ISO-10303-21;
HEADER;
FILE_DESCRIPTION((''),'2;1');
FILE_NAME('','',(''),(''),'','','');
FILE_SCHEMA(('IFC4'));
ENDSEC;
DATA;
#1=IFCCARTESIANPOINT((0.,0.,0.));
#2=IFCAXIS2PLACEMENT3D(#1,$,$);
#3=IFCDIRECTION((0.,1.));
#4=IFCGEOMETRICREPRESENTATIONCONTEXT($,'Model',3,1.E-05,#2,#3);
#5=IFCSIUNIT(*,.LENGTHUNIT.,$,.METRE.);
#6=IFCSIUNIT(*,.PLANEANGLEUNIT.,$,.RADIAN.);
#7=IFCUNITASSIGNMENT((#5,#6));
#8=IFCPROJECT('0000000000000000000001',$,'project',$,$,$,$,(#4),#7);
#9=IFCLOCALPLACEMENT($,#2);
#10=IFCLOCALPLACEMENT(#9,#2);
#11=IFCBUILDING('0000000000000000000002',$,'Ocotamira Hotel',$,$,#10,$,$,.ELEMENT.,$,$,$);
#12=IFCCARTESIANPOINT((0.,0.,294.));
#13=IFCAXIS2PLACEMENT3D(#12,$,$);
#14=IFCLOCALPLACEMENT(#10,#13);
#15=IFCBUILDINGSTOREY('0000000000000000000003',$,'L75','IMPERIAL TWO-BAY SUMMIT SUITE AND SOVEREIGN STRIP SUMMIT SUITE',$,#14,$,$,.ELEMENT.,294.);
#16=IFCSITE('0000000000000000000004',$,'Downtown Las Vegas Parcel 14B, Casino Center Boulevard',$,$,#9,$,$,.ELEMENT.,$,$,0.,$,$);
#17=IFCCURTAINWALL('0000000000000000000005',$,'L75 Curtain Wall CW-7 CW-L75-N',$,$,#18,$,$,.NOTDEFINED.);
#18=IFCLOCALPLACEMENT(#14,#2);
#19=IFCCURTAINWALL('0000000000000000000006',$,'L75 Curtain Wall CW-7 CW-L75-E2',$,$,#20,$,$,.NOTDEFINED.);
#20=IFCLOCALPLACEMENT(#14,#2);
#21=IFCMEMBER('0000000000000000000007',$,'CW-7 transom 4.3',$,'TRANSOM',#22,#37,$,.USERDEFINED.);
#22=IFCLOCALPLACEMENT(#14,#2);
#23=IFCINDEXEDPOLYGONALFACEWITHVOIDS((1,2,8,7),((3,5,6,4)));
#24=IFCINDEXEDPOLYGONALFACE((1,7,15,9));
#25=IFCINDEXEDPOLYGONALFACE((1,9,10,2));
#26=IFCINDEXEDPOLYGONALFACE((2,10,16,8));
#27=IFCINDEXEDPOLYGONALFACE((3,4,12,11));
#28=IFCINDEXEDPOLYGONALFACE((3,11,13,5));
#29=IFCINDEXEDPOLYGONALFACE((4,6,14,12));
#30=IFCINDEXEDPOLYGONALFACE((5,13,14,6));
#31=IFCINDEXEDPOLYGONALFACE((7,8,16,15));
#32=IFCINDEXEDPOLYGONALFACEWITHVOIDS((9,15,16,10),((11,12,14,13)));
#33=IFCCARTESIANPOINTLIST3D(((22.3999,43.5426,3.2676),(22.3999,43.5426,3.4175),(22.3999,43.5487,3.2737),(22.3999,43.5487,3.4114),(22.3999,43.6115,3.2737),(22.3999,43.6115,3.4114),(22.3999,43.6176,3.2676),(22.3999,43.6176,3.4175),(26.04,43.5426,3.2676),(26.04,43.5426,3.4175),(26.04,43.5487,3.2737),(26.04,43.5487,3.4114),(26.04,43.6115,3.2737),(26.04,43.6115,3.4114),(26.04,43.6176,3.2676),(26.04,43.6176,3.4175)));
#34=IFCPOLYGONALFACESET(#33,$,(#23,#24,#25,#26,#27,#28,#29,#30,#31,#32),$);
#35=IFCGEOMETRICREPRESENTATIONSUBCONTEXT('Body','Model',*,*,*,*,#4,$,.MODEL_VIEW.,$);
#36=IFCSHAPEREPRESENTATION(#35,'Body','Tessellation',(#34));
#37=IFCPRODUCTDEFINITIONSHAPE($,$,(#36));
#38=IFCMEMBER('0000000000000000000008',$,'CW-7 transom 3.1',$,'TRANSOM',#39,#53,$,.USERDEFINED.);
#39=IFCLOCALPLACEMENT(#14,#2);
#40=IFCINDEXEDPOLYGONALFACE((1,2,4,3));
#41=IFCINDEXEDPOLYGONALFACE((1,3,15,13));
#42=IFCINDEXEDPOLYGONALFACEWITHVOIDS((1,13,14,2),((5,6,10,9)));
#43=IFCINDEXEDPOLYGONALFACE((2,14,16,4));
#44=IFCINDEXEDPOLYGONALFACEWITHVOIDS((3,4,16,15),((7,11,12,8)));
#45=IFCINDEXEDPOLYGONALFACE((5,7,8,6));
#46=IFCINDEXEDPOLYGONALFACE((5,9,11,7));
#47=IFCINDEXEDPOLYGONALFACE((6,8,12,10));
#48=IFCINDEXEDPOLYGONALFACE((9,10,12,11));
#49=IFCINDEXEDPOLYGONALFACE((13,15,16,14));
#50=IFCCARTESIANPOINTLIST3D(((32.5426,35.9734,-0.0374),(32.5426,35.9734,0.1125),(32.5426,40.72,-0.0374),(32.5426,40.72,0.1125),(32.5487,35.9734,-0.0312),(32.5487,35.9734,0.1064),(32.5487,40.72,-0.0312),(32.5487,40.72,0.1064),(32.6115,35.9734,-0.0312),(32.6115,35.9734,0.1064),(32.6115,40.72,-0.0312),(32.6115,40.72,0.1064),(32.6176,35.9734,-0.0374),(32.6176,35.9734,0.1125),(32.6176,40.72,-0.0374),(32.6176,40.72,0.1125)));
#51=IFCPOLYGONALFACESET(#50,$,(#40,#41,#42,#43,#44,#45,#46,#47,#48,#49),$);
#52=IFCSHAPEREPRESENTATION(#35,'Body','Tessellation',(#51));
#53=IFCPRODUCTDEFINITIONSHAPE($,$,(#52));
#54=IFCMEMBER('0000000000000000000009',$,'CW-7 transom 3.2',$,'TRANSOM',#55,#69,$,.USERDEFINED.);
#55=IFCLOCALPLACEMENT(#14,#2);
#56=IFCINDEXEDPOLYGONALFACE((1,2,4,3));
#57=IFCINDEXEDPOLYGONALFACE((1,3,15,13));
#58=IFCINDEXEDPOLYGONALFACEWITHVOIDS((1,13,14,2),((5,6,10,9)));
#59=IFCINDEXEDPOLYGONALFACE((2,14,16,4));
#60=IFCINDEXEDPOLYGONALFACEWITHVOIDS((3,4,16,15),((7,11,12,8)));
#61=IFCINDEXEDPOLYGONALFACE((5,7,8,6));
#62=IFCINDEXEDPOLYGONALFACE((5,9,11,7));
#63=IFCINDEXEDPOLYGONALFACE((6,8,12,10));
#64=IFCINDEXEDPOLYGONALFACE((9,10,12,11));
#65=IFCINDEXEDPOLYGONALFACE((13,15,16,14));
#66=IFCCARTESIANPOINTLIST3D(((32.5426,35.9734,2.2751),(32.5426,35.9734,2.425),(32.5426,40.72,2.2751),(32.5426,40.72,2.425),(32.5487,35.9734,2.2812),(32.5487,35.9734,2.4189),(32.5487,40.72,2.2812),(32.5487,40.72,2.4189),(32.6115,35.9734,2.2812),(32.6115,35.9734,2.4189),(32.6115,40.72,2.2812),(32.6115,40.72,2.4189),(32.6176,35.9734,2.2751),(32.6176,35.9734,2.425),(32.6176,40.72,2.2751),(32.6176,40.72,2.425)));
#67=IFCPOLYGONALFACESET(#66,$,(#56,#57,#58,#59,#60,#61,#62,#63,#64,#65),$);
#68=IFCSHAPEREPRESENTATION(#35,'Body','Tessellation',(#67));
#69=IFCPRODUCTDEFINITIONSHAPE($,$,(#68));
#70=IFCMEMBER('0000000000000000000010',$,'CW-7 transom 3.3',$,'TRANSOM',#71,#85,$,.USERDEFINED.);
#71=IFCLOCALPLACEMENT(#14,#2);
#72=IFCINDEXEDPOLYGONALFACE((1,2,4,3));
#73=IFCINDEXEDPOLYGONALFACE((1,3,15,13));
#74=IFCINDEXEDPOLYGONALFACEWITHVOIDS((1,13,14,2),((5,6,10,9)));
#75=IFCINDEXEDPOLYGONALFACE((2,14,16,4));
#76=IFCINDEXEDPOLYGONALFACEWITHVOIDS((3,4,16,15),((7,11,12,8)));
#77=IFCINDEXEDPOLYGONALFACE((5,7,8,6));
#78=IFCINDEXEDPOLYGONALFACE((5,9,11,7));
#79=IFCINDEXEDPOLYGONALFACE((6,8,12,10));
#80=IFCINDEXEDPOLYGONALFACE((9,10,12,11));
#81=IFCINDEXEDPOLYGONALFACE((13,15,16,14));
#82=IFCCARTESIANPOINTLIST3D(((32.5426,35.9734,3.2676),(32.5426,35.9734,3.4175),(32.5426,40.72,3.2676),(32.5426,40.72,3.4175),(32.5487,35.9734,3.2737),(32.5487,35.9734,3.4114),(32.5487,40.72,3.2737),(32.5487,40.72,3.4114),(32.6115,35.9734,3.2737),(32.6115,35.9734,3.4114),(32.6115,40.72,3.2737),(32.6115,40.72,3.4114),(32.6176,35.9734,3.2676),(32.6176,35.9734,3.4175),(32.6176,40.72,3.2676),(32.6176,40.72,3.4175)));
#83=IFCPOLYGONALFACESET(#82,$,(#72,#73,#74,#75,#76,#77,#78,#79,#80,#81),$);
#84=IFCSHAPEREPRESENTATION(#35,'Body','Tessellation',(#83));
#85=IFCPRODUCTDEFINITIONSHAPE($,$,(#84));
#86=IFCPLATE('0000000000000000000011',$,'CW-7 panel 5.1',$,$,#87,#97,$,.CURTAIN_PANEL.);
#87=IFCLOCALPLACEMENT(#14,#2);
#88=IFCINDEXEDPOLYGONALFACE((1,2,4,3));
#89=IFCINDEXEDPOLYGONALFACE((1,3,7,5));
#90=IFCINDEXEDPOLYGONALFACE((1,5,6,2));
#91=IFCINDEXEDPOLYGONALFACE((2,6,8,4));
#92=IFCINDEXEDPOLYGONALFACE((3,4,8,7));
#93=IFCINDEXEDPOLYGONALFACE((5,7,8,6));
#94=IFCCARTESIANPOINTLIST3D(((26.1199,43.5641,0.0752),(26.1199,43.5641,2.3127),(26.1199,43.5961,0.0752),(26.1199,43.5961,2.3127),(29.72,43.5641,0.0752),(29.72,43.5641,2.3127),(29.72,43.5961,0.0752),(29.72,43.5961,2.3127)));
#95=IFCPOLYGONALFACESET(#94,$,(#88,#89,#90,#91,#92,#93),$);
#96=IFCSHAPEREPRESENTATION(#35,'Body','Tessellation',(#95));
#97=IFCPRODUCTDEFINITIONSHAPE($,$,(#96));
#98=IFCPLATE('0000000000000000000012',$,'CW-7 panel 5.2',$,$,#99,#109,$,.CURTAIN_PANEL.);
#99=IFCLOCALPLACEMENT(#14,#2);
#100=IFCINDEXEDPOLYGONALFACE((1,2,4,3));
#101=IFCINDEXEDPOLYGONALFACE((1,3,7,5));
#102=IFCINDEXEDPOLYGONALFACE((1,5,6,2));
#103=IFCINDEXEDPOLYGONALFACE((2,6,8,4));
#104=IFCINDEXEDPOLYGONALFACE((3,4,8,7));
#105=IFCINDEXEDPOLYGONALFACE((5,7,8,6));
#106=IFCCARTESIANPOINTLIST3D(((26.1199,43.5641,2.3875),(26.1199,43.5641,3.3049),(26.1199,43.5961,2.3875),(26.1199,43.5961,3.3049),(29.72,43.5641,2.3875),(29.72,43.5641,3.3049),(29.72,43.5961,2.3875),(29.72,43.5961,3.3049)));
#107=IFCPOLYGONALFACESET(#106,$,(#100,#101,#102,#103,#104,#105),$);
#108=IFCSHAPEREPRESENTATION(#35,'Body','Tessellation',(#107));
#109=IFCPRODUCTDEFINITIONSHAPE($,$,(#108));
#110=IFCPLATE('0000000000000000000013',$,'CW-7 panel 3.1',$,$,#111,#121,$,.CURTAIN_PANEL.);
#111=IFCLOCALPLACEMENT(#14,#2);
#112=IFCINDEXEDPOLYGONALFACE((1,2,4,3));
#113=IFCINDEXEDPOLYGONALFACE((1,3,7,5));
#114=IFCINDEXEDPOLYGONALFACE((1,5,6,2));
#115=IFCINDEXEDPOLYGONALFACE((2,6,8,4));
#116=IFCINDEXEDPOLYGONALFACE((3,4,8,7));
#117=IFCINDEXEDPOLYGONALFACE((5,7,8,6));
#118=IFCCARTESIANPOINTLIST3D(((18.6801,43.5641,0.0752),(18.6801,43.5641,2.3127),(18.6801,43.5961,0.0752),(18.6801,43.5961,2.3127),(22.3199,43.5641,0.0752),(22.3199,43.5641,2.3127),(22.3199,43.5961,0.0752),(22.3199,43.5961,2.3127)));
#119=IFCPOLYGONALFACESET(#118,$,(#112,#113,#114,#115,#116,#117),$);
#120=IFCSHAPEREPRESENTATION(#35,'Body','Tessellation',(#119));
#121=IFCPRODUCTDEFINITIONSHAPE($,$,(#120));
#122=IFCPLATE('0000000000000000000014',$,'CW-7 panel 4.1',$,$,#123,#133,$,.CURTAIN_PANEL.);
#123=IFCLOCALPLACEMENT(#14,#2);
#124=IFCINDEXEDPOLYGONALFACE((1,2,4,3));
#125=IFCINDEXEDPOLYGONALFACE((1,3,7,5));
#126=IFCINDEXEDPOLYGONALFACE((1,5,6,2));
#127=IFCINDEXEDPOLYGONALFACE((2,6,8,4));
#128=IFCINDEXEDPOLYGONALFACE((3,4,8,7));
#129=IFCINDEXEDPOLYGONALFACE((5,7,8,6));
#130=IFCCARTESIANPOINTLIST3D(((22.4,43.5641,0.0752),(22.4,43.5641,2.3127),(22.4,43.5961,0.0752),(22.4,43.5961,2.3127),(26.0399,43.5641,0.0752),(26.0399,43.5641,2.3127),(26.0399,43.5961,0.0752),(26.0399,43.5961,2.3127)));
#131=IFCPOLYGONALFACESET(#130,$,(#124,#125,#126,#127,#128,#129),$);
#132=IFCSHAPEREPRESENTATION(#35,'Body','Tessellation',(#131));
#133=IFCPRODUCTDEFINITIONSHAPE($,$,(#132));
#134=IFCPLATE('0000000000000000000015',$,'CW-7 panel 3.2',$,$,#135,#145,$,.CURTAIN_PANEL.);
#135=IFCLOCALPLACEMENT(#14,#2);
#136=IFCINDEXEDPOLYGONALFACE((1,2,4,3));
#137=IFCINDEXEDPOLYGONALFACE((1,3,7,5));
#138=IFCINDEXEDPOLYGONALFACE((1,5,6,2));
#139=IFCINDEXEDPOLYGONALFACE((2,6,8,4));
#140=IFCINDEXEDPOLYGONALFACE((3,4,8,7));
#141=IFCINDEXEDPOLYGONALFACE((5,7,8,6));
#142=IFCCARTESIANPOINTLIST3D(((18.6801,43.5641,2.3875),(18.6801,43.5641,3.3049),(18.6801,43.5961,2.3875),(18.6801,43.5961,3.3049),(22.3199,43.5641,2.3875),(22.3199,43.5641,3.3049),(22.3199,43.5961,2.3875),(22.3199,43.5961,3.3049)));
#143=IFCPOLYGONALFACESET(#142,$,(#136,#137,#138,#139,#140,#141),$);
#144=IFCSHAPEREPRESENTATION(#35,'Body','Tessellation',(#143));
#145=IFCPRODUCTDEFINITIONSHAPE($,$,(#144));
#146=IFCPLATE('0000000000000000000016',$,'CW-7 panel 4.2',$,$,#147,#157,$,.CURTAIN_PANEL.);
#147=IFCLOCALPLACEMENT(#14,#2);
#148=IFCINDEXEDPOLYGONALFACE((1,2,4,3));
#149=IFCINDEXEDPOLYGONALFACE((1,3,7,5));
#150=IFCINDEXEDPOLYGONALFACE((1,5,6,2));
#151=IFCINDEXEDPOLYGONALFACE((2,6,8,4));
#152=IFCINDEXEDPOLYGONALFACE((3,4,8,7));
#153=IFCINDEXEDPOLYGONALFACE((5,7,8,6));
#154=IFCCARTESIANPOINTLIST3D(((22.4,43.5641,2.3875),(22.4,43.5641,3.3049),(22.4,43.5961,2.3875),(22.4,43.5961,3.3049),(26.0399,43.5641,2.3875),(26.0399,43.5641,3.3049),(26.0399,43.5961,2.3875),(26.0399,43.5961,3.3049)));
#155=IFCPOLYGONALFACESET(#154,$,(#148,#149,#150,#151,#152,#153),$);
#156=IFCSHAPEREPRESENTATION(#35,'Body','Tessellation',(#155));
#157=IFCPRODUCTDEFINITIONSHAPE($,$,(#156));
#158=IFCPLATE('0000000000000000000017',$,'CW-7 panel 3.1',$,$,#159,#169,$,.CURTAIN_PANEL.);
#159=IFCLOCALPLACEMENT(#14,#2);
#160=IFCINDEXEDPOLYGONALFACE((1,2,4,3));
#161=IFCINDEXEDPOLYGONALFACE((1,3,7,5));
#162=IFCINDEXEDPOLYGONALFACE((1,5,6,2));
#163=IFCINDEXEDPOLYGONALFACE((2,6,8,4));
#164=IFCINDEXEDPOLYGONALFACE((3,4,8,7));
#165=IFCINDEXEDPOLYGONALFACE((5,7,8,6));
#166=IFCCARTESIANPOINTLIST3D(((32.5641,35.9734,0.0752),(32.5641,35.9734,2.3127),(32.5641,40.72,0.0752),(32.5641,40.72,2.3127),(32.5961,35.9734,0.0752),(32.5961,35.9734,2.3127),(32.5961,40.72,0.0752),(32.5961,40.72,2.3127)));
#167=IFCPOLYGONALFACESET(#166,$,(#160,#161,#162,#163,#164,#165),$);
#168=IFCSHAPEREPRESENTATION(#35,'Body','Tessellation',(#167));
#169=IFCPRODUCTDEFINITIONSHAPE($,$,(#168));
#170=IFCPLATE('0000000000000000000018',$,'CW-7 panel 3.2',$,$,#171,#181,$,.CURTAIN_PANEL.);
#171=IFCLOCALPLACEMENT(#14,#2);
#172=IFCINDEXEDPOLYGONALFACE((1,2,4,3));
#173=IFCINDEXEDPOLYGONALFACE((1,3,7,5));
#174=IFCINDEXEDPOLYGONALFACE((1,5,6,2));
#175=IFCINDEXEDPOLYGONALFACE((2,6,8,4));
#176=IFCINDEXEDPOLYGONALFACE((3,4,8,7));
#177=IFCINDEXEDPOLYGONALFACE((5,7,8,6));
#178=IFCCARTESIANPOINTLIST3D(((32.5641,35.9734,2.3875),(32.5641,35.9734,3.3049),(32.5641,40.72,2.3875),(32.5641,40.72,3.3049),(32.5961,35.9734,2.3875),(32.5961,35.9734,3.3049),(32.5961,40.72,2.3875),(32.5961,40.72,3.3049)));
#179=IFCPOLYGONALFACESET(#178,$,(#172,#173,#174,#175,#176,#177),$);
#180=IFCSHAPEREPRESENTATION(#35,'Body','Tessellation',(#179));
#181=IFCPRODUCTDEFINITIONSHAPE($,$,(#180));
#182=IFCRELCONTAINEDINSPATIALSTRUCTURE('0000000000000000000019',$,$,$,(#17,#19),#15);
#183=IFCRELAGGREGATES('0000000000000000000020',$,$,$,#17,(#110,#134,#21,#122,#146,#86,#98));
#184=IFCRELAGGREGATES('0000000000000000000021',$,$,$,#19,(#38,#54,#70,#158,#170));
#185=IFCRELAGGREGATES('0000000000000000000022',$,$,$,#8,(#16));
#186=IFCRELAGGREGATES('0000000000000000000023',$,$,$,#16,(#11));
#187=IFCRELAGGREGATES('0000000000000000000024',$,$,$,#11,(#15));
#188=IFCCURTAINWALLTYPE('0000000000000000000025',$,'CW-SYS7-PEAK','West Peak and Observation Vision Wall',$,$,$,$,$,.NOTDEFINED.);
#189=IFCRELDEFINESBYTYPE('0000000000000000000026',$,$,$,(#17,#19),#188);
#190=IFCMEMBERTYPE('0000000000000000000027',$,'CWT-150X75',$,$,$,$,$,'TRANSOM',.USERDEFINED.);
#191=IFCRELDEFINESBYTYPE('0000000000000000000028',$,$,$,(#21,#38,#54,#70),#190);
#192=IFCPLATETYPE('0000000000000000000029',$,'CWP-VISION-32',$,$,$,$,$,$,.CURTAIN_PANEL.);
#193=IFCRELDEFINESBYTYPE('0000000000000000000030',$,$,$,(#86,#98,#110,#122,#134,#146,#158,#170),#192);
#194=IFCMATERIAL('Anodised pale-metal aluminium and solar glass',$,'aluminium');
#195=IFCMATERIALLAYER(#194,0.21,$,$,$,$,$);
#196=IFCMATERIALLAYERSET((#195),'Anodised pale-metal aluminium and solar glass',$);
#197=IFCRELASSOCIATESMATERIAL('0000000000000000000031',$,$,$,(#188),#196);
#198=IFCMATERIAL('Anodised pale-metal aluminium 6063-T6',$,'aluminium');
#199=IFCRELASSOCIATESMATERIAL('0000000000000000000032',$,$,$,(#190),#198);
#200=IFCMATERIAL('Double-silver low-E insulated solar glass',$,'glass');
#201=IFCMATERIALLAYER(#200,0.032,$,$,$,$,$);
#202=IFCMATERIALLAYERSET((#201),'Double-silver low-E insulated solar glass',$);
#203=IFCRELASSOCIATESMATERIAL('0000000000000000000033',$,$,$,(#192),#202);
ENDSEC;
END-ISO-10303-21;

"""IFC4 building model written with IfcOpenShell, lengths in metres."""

from ifc_helpers import new_model, si_unit, direction, frame, origin, origin_2d, place, context, subcontext, project, spatial, rectangle, hollow_rectangle, extrude, source, transform, mapped, material, layer, layer_set, material_profile, profile_set, type_object, element, aggregate, save


model = new_model("IFC4")

# Units and contexts
model_context = context("Model", 3, precision=1e-05, world=origin(), true_north=direction((0.0, 1.0)))
body_context = subcontext(model_context, "Body", "Model", "MODEL_VIEW")
ifc_project = project(units=[si_unit("LENGTHUNIT", "METRE"), si_unit("PLANEANGLEUNIT", "RADIAN")], contexts=[model_context])

# Site, building, storey
site_placement = place(None, origin())
site = spatial("IfcSite", under=ifc_project, at=site_placement, Name="Downtown Las Vegas Parcel 14B, Casino Center Boulevard", CompositionType="ELEMENT", RefElevation=0.0)
building_placement = place(site_placement, origin())
building = spatial("IfcBuilding", under=site, at=building_placement, Name="Ocotamira Hotel", CompositionType="ELEMENT")
storey_placement = place(building_placement, frame((0.0, 0.0, 294.0)))
storey = spatial("IfcBuildingStorey", under=building, at=storey_placement, Name="L75", Description="IMPERIAL TWO-BAY SUMMIT SUITE AND SOVEREIGN STRIP SUMMIT SUITE", CompositionType="ELEMENT", Elevation=294.0)

# Curtain walls
ifc_material_1 = material(Name="Anodised pale-metal aluminium and solar glass", Category="aluminium")
ifc_layer_1 = layer(ifc_material_1, 0.21)
ifc_layer_set_1 = layer_set([ifc_layer_1], Name="Anodised pale-metal aluminium and solar glass")
curtain_wall_type = type_object("IfcCurtainWallType", Name="CW-SYS7-PEAK", Description="West Peak and Observation Vision Wall", PredefinedType="NOTDEFINED", material=ifc_layer_set_1)
curtain_wall_1_placement = place(storey_placement, origin())
curtain_wall_1 = element("IfcCurtainWall", 1, at=curtain_wall_1_placement, inside=storey, type_object=curtain_wall_type, Name="L75 Curtain Wall CW-7 CW-L75-N", PredefinedType="NOTDEFINED")
ifc_material_2 = material(Name="Anodised pale-metal aluminium 6063-T6", Category="aluminium")
curtain_wall_2_placement = place(storey_placement, origin())
curtain_wall_2 = element("IfcCurtainWall", 2, at=curtain_wall_2_placement, inside=storey, type_object=curtain_wall_type, Name="L75 Curtain Wall CW-7 CW-L75-E2", PredefinedType="NOTDEFINED")

# Members
ifc_material_profile_1 = material_profile(ifc_material_2, hollow_rectangle(XDim=0.075, YDim=0.1499, WallThickness=0.0061, at=origin_2d()), Name="HSS150X75X6")
ifc_profile_set_1 = profile_set([ifc_material_profile_1], Name="Anodised pale-metal aluminium 6063-T6")
member_type_1 = type_object("IfcMemberType", Name="CWT-150X75", ElementType="TRANSOM", PredefinedType="USERDEFINED", material=ifc_profile_set_1)
shared_shape_1 = source(origin(), body_context, "Body", "SweptSolid", [
    extrude(hollow_rectangle(XDim=0.075, YDim=0.1499, WallThickness=0.0061, at=origin_2d()), origin(), (0.0, 0.0, 1.0), 3.6401),
])
member_1_placement = place(storey_placement, frame((22.3999, 43.5801, 3.3425), z_axis=(1.0, 0.0, 0.0), x_axis=(0.0, 1.0, 0.0)))
member_1 = element("IfcMember", 3, at=member_1_placement, type_object=member_type_1, Name="CW-7 transom 4.3", ObjectType="TRANSOM", PredefinedType="USERDEFINED", context=body_context, shape_type="MappedRepresentation", body=[
    mapped(shared_shape_1, transform((0.0, 0.0, 0.0), scale=1.0)),
])
shared_shape_2 = source(origin(), body_context, "Body", "SweptSolid", [
    extrude(hollow_rectangle(XDim=0.075, YDim=0.1499, WallThickness=0.0061, at=origin_2d()), origin(), (0.0, 0.0, 1.0), 4.7466),
])
member_2_placement = place(storey_placement, frame((32.5801, 35.9734, 0.0376), z_axis=(0.0, 1.0, 0.0), x_axis=(-1.0, 0.0, 0.0)))
member_2 = element("IfcMember", 4, at=member_2_placement, type_object=member_type_1, Name="CW-7 transom 3.1", ObjectType="TRANSOM", PredefinedType="USERDEFINED", context=body_context, shape_type="MappedRepresentation", body=[
    mapped(shared_shape_2, transform((0.0, 0.0, 0.0), scale=1.0)),
])
member_3_placement = place(storey_placement, frame((32.5801, 35.9734, 2.3501), z_axis=(0.0, 1.0, 0.0), x_axis=(-1.0, 0.0, 0.0)))
member_3 = element("IfcMember", 5, at=member_3_placement, type_object=member_type_1, Name="CW-7 transom 3.2", ObjectType="TRANSOM", PredefinedType="USERDEFINED", context=body_context, shape_type="MappedRepresentation", body=[
    mapped(shared_shape_2, transform((0.0, 0.0, 0.0), scale=1.0)),
])
member_4_placement = place(storey_placement, frame((32.5801, 35.9734, 3.3425), z_axis=(0.0, 1.0, 0.0), x_axis=(-1.0, 0.0, 0.0)))
member_4 = element("IfcMember", 6, at=member_4_placement, type_object=member_type_1, Name="CW-7 transom 3.3", ObjectType="TRANSOM", PredefinedType="USERDEFINED", context=body_context, shape_type="MappedRepresentation", body=[
    mapped(shared_shape_2, transform((0.0, 0.0, 0.0), scale=1.0)),
])

# Plates
ifc_material_3 = material(Name="Double-silver low-E insulated solar glass", Category="glass")
ifc_layer_2 = layer(ifc_material_3, 0.032)
ifc_layer_set_2 = layer_set([ifc_layer_2], Name="Double-silver low-E insulated solar glass")
plate_type = type_object("IfcPlateType", Name="CWP-VISION-32", PredefinedType="CURTAIN_PANEL", material=ifc_layer_set_2)
shared_shape_3 = source(origin(), body_context, "Body", "SweptSolid", [
    extrude(rectangle(XDim=3.6001, YDim=0.032, at=origin_2d()), origin(), (0.0, 0.0, 1.0), 2.2375),
])
plate_1_placement = place(storey_placement, frame((27.9199, 43.5801, 0.0752), z_axis=(0.0, 0.0, 1.0), x_axis=(1.0, 0.0, 0.0)))
plate_1 = element("IfcPlate", 7, at=plate_1_placement, type_object=plate_type, Name="CW-7 panel 5.1", PredefinedType="CURTAIN_PANEL", context=body_context, shape_type="MappedRepresentation", body=[
    mapped(shared_shape_3, transform((0.0, 0.0, 0.0), scale=1.0)),
])
shared_shape_4 = source(origin(), body_context, "Body", "SweptSolid", [
    extrude(rectangle(XDim=3.6001, YDim=0.032, at=origin_2d()), origin(), (0.0, 0.0, 1.0), 0.9175),
])
plate_2_placement = place(storey_placement, frame((27.9199, 43.5801, 2.3875), z_axis=(0.0, 0.0, 1.0), x_axis=(1.0, 0.0, 0.0)))
plate_2 = element("IfcPlate", 8, at=plate_2_placement, type_object=plate_type, Name="CW-7 panel 5.2", PredefinedType="CURTAIN_PANEL", context=body_context, shape_type="MappedRepresentation", body=[
    mapped(shared_shape_4, transform((0.0, 0.0, 0.0), scale=1.0)),
])
shared_shape_5 = source(origin(), body_context, "Body", "SweptSolid", [
    extrude(rectangle(XDim=3.6399, YDim=0.032, at=origin_2d()), origin(), (0.0, 0.0, 1.0), 2.2375),
])
plate_3_placement = place(storey_placement, frame((20.5, 43.5801, 0.0752), z_axis=(0.0, 0.0, 1.0), x_axis=(1.0, 0.0, 0.0)))
plate_3 = element("IfcPlate", 9, at=plate_3_placement, type_object=plate_type, Name="CW-7 panel 3.1", PredefinedType="CURTAIN_PANEL", context=body_context, shape_type="MappedRepresentation", body=[
    mapped(shared_shape_5, transform((0.0, 0.0, 0.0), scale=1.0)),
])
plate_4_placement = place(storey_placement, frame((24.22, 43.5801, 0.0752), z_axis=(0.0, 0.0, 1.0), x_axis=(1.0, 0.0, 0.0)))
plate_4 = element("IfcPlate", 10, at=plate_4_placement, type_object=plate_type, Name="CW-7 panel 4.1", PredefinedType="CURTAIN_PANEL", context=body_context, shape_type="MappedRepresentation", body=[
    mapped(shared_shape_5, transform((0.0, 0.0, 0.0), scale=1.0)),
])
shared_shape_6 = source(origin(), body_context, "Body", "SweptSolid", [
    extrude(rectangle(XDim=3.6399, YDim=0.032, at=origin_2d()), origin(), (0.0, 0.0, 1.0), 0.9175),
])
plate_5_placement = place(storey_placement, frame((20.5, 43.5801, 2.3875), z_axis=(0.0, 0.0, 1.0), x_axis=(1.0, 0.0, 0.0)))
plate_5 = element("IfcPlate", 11, at=plate_5_placement, type_object=plate_type, Name="CW-7 panel 3.2", PredefinedType="CURTAIN_PANEL", context=body_context, shape_type="MappedRepresentation", body=[
    mapped(shared_shape_6, transform((0.0, 0.0, 0.0), scale=1.0)),
])
plate_6_placement = place(storey_placement, frame((24.22, 43.5801, 2.3875), z_axis=(0.0, 0.0, 1.0), x_axis=(1.0, 0.0, 0.0)))
plate_6 = element("IfcPlate", 12, at=plate_6_placement, type_object=plate_type, Name="CW-7 panel 4.2", PredefinedType="CURTAIN_PANEL", context=body_context, shape_type="MappedRepresentation", body=[
    mapped(shared_shape_6, transform((0.0, 0.0, 0.0), scale=1.0)),
])
aggregate(curtain_wall_1, [plate_3, plate_5, member_1, plate_4, plate_6, plate_1, plate_2])
shared_shape_7 = source(origin(), body_context, "Body", "SweptSolid", [
    extrude(rectangle(XDim=4.7466, YDim=0.032, at=origin_2d()), origin(), (0.0, 0.0, 1.0), 2.2375),
])
plate_7_placement = place(storey_placement, frame((32.5801, 38.3467, 0.0752), z_axis=(0.0, 0.0, 1.0), x_axis=(0.0, 1.0, 0.0)))
plate_7 = element("IfcPlate", 13, at=plate_7_placement, type_object=plate_type, Name="CW-7 panel 3.1", PredefinedType="CURTAIN_PANEL", context=body_context, shape_type="MappedRepresentation", body=[
    mapped(shared_shape_7, transform((0.0, 0.0, 0.0), scale=1.0)),
])
shared_shape_8 = source(origin(), body_context, "Body", "SweptSolid", [
    extrude(rectangle(XDim=4.7466, YDim=0.032, at=origin_2d()), origin(), (0.0, 0.0, 1.0), 0.9175),
])
plate_8_placement = place(storey_placement, frame((32.5801, 38.3467, 2.3875), z_axis=(0.0, 0.0, 1.0), x_axis=(0.0, 1.0, 0.0)))
plate_8 = element("IfcPlate", 14, at=plate_8_placement, type_object=plate_type, Name="CW-7 panel 3.2", PredefinedType="CURTAIN_PANEL", context=body_context, shape_type="MappedRepresentation", body=[
    mapped(shared_shape_8, transform((0.0, 0.0, 0.0), scale=1.0)),
])
aggregate(curtain_wall_2, [member_2, member_3, member_4, plate_7, plate_8])

save(model, "model.ifc")
